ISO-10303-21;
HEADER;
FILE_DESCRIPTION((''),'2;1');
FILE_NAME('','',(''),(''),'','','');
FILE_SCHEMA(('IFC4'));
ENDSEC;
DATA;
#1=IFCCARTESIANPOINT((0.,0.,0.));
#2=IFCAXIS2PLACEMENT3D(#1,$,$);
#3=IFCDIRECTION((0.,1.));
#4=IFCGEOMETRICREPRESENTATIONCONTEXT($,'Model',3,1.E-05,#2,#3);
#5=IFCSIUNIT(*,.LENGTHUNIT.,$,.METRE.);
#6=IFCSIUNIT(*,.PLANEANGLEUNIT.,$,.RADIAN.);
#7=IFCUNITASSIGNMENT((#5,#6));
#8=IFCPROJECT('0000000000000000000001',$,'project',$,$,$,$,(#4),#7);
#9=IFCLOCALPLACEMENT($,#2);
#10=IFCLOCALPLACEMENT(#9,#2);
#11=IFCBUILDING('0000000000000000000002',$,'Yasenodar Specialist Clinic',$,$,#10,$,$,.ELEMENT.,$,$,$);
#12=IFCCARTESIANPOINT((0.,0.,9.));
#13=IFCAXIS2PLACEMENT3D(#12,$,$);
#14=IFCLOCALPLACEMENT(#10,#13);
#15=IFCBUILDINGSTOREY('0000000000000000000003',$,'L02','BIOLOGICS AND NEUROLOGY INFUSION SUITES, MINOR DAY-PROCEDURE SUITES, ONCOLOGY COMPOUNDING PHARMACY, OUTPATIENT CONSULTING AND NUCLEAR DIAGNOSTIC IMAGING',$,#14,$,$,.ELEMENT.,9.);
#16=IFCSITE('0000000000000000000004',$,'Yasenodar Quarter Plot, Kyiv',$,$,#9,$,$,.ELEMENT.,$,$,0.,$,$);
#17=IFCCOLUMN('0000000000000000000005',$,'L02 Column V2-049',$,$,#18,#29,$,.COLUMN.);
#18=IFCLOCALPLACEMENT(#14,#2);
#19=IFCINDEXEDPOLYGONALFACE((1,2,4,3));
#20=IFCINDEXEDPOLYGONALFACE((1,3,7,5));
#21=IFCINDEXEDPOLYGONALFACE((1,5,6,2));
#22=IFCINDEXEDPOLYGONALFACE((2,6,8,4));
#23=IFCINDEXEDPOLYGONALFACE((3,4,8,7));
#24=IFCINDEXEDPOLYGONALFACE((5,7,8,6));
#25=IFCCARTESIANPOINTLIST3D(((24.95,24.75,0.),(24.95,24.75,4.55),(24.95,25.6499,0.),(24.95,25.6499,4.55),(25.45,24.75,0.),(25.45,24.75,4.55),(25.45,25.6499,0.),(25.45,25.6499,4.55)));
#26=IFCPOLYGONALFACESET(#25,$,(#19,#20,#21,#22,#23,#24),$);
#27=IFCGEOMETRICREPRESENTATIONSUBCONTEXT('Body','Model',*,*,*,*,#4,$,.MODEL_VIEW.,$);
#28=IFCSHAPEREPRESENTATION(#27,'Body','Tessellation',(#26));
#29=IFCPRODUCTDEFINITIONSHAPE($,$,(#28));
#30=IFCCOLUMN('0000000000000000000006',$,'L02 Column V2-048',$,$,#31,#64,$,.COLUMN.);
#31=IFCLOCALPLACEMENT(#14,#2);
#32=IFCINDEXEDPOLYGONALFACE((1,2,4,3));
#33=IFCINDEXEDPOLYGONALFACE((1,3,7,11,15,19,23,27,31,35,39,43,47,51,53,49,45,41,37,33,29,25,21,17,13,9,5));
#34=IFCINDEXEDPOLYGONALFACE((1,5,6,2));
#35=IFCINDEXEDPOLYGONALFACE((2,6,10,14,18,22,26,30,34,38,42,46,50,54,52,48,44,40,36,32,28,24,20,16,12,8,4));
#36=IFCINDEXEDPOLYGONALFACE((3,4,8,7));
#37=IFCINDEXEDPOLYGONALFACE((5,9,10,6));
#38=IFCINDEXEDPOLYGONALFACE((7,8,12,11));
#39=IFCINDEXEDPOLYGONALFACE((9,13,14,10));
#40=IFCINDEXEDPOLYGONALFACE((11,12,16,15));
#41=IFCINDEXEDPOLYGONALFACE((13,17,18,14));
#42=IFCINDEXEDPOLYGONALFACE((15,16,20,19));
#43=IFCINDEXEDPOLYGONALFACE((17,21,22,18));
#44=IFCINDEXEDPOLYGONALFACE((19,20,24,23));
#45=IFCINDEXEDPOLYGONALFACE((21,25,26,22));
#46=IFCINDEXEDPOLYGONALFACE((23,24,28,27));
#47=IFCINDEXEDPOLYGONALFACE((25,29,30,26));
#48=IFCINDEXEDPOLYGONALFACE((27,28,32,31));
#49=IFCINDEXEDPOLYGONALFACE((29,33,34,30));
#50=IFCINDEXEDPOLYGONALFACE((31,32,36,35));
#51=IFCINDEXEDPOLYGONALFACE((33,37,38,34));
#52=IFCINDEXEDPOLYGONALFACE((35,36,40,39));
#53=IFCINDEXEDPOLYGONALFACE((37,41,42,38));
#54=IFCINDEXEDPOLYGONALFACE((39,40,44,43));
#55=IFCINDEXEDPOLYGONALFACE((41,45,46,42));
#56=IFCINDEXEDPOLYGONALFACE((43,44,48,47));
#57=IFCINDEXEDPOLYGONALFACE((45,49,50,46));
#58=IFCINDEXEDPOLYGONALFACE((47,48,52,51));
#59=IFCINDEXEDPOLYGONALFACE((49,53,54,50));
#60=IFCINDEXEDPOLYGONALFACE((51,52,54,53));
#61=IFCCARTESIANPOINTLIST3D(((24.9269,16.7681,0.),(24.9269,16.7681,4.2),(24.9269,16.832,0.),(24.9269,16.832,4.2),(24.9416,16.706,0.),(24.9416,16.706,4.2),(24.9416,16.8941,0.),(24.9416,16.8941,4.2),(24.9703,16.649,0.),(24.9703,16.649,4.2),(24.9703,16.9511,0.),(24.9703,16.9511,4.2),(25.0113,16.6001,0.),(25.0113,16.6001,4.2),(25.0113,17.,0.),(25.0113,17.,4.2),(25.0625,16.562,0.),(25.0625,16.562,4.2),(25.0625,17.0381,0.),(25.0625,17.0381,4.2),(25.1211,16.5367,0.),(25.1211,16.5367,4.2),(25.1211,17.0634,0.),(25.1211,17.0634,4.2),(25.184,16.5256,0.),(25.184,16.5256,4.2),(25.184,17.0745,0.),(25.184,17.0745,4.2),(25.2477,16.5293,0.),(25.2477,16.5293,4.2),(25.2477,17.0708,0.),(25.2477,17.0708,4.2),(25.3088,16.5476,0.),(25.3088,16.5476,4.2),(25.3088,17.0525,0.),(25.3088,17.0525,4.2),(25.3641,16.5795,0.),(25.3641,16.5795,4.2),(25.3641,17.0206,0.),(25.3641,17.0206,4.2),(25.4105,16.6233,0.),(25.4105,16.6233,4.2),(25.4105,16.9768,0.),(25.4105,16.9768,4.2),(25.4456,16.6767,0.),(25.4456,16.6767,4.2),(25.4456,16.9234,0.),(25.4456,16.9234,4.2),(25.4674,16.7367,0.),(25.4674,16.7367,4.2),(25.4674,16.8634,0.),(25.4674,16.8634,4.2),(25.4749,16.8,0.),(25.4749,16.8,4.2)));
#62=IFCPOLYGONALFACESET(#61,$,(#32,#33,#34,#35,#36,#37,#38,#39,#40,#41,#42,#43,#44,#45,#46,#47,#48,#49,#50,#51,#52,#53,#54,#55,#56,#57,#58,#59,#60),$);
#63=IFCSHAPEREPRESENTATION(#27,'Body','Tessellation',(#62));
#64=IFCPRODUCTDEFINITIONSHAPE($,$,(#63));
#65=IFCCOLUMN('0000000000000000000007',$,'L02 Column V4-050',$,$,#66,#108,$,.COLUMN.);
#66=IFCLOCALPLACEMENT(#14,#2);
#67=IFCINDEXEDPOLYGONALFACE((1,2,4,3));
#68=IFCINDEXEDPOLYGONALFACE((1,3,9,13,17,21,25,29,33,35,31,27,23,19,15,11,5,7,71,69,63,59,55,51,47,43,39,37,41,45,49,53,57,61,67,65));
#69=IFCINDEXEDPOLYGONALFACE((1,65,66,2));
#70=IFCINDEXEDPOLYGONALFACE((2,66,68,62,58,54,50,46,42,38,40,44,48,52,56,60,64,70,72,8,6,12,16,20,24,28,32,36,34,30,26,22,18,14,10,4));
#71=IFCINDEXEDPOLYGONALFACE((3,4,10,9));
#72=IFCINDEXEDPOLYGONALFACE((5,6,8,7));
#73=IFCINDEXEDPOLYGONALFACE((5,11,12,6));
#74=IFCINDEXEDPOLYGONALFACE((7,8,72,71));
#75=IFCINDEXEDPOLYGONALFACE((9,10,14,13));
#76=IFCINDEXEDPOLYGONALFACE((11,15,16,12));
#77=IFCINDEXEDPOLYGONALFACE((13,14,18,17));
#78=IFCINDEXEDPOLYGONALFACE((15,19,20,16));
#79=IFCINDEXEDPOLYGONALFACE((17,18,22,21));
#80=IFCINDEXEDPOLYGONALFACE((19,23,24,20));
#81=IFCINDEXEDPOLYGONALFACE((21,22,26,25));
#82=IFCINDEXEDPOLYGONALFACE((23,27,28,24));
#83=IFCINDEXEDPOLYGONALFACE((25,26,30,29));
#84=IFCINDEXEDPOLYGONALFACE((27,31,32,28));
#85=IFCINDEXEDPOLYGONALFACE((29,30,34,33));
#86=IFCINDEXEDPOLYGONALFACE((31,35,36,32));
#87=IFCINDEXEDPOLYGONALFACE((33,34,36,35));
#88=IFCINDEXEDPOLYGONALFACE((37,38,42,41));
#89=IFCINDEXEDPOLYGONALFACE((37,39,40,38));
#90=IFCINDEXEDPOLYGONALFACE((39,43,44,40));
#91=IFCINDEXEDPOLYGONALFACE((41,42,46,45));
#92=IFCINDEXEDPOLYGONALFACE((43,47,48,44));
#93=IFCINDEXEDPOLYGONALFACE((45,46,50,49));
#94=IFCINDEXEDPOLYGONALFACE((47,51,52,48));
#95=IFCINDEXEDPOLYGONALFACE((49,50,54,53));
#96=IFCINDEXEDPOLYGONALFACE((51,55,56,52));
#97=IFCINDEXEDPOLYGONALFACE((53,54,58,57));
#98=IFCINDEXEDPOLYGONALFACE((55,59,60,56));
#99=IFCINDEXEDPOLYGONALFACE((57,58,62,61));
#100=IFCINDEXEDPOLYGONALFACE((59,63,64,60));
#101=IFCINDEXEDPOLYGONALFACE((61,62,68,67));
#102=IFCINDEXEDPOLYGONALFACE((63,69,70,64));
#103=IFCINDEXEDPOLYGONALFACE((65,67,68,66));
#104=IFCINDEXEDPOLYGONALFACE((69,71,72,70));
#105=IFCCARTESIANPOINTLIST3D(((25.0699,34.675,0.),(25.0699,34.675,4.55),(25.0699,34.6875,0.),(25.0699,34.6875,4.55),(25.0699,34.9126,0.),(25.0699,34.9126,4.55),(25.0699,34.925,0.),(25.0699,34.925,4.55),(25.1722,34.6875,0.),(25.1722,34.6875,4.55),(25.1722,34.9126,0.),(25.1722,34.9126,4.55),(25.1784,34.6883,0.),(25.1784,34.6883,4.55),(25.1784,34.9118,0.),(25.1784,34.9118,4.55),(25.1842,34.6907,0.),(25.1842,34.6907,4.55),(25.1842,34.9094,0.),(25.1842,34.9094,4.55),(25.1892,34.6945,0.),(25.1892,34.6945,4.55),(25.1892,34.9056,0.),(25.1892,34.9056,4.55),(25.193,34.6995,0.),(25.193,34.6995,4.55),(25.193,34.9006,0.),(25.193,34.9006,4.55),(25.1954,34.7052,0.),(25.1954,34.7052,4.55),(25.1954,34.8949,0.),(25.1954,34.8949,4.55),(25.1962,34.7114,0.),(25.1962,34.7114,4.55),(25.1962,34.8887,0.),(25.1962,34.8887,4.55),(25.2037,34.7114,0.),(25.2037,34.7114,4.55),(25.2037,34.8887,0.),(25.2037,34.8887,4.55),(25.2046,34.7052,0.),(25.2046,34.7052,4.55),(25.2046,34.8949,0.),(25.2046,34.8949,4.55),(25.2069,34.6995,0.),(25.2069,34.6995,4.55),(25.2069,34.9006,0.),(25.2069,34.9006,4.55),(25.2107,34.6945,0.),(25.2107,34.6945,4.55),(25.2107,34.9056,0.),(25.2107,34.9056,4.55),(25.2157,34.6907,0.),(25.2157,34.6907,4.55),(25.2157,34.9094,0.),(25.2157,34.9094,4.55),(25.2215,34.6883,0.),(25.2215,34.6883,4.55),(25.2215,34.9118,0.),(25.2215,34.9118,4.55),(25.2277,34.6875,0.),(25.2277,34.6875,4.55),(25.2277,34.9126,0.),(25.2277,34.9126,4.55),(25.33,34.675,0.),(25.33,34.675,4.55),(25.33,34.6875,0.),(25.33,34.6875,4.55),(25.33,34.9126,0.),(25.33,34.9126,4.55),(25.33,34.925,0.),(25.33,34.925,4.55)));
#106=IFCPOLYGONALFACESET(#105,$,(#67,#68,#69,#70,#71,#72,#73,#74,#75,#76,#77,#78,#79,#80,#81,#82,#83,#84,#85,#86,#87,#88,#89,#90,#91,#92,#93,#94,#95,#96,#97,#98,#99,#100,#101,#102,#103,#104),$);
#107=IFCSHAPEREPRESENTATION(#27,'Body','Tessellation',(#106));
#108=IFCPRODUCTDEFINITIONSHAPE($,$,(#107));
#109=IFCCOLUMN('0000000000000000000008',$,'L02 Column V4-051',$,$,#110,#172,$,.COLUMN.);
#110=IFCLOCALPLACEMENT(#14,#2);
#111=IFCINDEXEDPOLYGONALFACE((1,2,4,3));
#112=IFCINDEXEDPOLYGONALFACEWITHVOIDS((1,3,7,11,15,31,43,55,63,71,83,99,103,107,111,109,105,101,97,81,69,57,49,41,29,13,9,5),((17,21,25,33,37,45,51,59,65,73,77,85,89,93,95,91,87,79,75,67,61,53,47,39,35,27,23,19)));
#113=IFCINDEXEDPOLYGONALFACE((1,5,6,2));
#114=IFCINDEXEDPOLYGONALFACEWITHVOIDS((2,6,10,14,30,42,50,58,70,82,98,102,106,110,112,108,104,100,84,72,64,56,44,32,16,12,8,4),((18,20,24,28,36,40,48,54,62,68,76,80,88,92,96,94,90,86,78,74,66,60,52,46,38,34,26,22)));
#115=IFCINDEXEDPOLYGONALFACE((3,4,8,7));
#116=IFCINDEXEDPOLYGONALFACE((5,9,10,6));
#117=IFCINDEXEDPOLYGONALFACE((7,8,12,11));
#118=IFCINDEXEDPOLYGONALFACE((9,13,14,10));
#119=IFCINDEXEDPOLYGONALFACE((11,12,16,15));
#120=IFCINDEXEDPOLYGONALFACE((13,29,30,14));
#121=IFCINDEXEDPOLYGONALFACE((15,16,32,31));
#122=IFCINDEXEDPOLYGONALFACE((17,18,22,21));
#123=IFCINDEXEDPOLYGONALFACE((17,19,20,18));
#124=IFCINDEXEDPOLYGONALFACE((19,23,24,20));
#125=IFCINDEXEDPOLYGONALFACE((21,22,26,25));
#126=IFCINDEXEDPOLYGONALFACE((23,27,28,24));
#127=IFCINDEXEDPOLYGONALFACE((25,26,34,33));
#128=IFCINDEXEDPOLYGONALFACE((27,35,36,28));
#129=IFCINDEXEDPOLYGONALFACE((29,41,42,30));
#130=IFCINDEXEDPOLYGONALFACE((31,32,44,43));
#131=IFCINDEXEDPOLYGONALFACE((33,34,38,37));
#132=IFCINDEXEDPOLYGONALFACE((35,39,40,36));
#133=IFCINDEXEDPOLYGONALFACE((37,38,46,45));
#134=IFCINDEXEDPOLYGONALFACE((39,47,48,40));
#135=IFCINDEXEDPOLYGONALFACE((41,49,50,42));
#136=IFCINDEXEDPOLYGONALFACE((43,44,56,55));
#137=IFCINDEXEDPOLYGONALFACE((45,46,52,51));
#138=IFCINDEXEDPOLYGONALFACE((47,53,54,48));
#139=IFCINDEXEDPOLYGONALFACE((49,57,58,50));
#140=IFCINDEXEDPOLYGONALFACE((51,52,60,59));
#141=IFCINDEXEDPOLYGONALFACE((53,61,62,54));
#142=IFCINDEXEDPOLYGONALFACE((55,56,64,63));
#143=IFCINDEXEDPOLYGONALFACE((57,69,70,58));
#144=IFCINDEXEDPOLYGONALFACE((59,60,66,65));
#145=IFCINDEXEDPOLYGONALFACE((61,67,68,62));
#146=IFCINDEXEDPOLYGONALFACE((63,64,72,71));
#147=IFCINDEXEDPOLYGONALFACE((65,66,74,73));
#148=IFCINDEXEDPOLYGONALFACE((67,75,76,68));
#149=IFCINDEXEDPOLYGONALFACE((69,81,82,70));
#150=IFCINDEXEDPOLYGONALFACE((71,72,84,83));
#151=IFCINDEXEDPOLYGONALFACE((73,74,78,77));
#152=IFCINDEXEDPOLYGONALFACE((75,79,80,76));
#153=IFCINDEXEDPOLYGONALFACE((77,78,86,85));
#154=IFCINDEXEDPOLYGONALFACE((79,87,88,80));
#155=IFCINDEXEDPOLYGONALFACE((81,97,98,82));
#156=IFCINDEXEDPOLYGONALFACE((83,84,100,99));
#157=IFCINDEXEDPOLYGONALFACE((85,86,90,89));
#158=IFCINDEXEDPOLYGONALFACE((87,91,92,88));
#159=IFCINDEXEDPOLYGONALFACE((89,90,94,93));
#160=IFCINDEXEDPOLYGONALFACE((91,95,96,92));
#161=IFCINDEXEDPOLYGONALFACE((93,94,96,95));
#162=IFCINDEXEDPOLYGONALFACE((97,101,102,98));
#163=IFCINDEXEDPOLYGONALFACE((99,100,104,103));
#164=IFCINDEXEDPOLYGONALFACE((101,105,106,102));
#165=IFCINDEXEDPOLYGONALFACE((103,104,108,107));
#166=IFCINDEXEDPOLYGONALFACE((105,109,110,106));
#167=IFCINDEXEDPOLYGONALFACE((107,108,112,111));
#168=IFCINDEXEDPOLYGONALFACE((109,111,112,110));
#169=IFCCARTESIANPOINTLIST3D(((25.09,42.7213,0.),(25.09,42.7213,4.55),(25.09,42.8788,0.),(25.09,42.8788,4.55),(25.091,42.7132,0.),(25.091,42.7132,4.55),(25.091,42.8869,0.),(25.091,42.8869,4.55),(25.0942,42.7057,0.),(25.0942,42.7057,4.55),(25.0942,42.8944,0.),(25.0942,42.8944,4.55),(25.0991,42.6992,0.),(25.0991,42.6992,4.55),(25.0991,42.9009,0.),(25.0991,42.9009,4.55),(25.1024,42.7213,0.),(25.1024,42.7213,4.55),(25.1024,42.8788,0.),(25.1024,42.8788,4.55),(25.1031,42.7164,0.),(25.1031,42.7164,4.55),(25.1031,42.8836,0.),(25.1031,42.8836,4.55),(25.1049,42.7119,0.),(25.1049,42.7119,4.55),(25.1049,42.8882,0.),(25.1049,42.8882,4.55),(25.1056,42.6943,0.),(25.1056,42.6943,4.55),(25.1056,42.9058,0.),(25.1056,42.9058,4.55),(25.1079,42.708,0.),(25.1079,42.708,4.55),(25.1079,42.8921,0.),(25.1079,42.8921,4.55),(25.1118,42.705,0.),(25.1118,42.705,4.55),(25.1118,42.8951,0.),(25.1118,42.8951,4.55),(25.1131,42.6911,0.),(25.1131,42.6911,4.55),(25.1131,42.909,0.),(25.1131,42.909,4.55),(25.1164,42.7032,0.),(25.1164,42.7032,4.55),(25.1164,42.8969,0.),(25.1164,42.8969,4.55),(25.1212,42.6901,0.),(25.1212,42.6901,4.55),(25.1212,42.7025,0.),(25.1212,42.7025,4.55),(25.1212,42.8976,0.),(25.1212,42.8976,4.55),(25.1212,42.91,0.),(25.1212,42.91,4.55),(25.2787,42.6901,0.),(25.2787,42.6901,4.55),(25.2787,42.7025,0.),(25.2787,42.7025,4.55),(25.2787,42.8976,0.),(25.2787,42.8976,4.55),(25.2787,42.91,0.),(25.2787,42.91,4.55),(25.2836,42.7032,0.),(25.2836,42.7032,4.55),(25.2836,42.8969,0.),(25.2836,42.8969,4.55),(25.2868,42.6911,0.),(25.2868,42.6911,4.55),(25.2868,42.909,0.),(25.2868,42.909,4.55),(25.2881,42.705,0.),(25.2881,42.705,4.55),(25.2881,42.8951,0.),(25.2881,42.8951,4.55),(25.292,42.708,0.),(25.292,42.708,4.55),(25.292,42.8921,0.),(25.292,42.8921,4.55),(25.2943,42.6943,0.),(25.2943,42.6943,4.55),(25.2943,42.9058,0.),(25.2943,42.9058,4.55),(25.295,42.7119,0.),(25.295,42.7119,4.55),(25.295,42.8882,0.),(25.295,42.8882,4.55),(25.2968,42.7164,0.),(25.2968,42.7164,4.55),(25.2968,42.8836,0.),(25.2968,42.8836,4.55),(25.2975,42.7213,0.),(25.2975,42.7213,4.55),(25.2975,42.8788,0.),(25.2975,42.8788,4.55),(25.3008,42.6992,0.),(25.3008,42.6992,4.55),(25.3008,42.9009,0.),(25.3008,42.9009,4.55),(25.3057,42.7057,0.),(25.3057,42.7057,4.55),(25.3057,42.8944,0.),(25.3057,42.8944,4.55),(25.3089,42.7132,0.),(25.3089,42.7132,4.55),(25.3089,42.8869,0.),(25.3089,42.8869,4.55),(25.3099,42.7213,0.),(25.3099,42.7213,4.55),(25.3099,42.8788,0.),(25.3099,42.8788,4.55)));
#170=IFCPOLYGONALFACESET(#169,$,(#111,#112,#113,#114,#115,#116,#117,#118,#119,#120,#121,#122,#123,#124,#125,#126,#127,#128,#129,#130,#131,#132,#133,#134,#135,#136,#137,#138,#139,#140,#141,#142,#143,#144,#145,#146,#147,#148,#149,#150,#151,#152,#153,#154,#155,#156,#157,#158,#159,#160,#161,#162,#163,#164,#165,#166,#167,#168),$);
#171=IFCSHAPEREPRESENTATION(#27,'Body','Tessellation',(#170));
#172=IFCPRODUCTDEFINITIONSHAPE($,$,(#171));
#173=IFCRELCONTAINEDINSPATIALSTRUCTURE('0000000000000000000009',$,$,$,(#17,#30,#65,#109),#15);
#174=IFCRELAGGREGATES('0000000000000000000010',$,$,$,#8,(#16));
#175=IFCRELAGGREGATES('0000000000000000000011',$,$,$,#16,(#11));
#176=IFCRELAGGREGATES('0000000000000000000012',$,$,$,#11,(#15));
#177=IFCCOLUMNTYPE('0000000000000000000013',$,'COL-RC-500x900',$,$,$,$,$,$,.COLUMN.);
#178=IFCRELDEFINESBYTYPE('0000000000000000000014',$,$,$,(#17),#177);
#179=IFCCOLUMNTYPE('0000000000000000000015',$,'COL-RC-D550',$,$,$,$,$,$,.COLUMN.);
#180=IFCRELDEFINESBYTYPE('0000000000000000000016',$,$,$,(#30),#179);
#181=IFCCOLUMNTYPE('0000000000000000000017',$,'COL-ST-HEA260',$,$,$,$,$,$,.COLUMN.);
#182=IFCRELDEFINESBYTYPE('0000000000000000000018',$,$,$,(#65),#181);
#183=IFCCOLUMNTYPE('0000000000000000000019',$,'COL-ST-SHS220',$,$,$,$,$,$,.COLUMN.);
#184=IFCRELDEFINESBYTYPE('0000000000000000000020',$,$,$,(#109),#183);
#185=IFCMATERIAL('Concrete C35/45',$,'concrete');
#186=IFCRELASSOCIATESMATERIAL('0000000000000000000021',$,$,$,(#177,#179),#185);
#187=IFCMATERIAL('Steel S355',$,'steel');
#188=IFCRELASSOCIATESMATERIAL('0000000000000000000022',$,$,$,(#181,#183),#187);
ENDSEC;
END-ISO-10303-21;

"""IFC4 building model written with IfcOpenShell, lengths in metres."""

from ifc_helpers import new_model, si_unit, direction, frame, origin, origin_2d, place, context, subcontext, project, spatial, rectangle, hollow_rectangle, circle, i_section, extrude, material, material_profile, profile_set, type_object, element, save


model = new_model("IFC4")

# Units and contexts
model_context = context("Model", 3, precision=1e-05, world=origin(), true_north=direction((0.0, 1.0)))
body_context = subcontext(model_context, "Body", "Model", "MODEL_VIEW")
ifc_project = project(units=[si_unit("LENGTHUNIT", "METRE"), si_unit("PLANEANGLEUNIT", "RADIAN")], contexts=[model_context])

# Site, building, storey
site_placement = place(None, origin())
site = spatial("IfcSite", under=ifc_project, at=site_placement, Name="Yasenodar Quarter Plot, Kyiv", CompositionType="ELEMENT", RefElevation=0.0)
building_placement = place(site_placement, origin())
building = spatial("IfcBuilding", under=site, at=building_placement, Name="Yasenodar Specialist Clinic", CompositionType="ELEMENT")
storey_placement = place(building_placement, frame((0.0, 0.0, 9.0)))
storey = spatial("IfcBuildingStorey", under=building, at=storey_placement, Name="L02", Description="BIOLOGICS AND NEUROLOGY INFUSION SUITES, MINOR DAY-PROCEDURE SUITES, ONCOLOGY COMPOUNDING PHARMACY, OUTPATIENT CONSULTING AND NUCLEAR DIAGNOSTIC IMAGING", CompositionType="ELEMENT", Elevation=9.0)

# Columns
ifc_material_1 = material(Name="Concrete C35/45", Category="concrete")
ifc_material_profile_1 = material_profile(ifc_material_1, rectangle(XDim=0.5, YDim=0.8999, at=origin_2d()), Name="RC 500x900")
ifc_profile_set_1 = profile_set([ifc_material_profile_1], Name="Concrete C35/45")
column_type_1 = type_object("IfcColumnType", Name="COL-RC-500x900", PredefinedType="COLUMN", material=ifc_profile_set_1)
column_1_placement = place(storey_placement, frame((25.2, 25.2, 0.0), z_axis=(0.0, 0.0, 1.0), x_axis=(1.0, 0.0, 0.0)))
element("IfcColumn", 1, at=column_1_placement, inside=storey, type_object=column_type_1, Name="L02 Column V2-049", PredefinedType="COLUMN", context=body_context, shape_type="SweptSolid", body=[
    extrude(rectangle(XDim=0.5, YDim=0.8999, at=origin_2d()), origin(), (0.0, 0.0, 1.0), 4.55),
])
ifc_material_profile_2 = material_profile(ifc_material_1, circle(Radius=0.2749, at=origin_2d()), Name="RC D550")
ifc_profile_set_2 = profile_set([ifc_material_profile_2], Name="Concrete C35/45")
column_type_2 = type_object("IfcColumnType", Name="COL-RC-D550", PredefinedType="COLUMN", material=ifc_profile_set_2)
column_2_placement = place(storey_placement, frame((25.2, 16.8, 0.0), z_axis=(0.0, 0.0, 1.0), x_axis=(1.0, 0.0, 0.0)))
element("IfcColumn", 2, at=column_2_placement, inside=storey, type_object=column_type_2, Name="L02 Column V2-048", PredefinedType="COLUMN", context=body_context, shape_type="SweptSolid", body=[
    extrude(circle(Radius=0.2749, at=origin_2d()), origin(), (0.0, 0.0, 1.0), 4.2),
])
ifc_material_2 = material(Name="Steel S355", Category="steel")
ifc_material_profile_3 = material_profile(ifc_material_2, i_section(OverallWidth=0.26, OverallDepth=0.25, WebThickness=0.0076, FlangeThickness=0.0125, FilletRadius=0.0239, at=origin_2d()), Name="HEA 260")
ifc_profile_set_3 = profile_set([ifc_material_profile_3], Name="Steel S355")
column_type_3 = type_object("IfcColumnType", Name="COL-ST-HEA260", PredefinedType="COLUMN", material=ifc_profile_set_3)
column_3_placement = place(storey_placement, frame((25.2, 34.8, 0.0), z_axis=(0.0, 0.0, 1.0), x_axis=(1.0, 0.0, 0.0)))
element("IfcColumn", 3, at=column_3_placement, inside=storey, type_object=column_type_3, Name="L02 Column V4-050", PredefinedType="COLUMN", context=body_context, shape_type="SweptSolid", body=[
    extrude(i_section(OverallWidth=0.26, OverallDepth=0.25, WebThickness=0.0076, FlangeThickness=0.0125, FilletRadius=0.0239, at=origin_2d()), origin(), (0.0, 0.0, 1.0), 4.55),
])
ifc_material_profile_4 = material_profile(ifc_material_2, hollow_rectangle(XDim=0.22, YDim=0.22, WallThickness=0.0125, InnerFilletRadius=0.0188, OuterFilletRadius=0.0312, at=origin_2d()), Name="SHS 220x220x12.5")
ifc_profile_set_4 = profile_set([ifc_material_profile_4], Name="Steel S355")
column_type_4 = type_object("IfcColumnType", Name="COL-ST-SHS220", PredefinedType="COLUMN", material=ifc_profile_set_4)
column_4_placement = place(storey_placement, frame((25.2, 42.8, 0.0), z_axis=(0.0, 0.0, 1.0), x_axis=(1.0, 0.0, 0.0)))
element("IfcColumn", 4, at=column_4_placement, inside=storey, type_object=column_type_4, Name="L02 Column V4-051", PredefinedType="COLUMN", context=body_context, shape_type="SweptSolid", body=[
    extrude(hollow_rectangle(XDim=0.22, YDim=0.22, WallThickness=0.0125, InnerFilletRadius=0.0188, OuterFilletRadius=0.0312, at=origin_2d()), origin(), (0.0, 0.0, 1.0), 4.55),
])

save(model, "model.ifc")
